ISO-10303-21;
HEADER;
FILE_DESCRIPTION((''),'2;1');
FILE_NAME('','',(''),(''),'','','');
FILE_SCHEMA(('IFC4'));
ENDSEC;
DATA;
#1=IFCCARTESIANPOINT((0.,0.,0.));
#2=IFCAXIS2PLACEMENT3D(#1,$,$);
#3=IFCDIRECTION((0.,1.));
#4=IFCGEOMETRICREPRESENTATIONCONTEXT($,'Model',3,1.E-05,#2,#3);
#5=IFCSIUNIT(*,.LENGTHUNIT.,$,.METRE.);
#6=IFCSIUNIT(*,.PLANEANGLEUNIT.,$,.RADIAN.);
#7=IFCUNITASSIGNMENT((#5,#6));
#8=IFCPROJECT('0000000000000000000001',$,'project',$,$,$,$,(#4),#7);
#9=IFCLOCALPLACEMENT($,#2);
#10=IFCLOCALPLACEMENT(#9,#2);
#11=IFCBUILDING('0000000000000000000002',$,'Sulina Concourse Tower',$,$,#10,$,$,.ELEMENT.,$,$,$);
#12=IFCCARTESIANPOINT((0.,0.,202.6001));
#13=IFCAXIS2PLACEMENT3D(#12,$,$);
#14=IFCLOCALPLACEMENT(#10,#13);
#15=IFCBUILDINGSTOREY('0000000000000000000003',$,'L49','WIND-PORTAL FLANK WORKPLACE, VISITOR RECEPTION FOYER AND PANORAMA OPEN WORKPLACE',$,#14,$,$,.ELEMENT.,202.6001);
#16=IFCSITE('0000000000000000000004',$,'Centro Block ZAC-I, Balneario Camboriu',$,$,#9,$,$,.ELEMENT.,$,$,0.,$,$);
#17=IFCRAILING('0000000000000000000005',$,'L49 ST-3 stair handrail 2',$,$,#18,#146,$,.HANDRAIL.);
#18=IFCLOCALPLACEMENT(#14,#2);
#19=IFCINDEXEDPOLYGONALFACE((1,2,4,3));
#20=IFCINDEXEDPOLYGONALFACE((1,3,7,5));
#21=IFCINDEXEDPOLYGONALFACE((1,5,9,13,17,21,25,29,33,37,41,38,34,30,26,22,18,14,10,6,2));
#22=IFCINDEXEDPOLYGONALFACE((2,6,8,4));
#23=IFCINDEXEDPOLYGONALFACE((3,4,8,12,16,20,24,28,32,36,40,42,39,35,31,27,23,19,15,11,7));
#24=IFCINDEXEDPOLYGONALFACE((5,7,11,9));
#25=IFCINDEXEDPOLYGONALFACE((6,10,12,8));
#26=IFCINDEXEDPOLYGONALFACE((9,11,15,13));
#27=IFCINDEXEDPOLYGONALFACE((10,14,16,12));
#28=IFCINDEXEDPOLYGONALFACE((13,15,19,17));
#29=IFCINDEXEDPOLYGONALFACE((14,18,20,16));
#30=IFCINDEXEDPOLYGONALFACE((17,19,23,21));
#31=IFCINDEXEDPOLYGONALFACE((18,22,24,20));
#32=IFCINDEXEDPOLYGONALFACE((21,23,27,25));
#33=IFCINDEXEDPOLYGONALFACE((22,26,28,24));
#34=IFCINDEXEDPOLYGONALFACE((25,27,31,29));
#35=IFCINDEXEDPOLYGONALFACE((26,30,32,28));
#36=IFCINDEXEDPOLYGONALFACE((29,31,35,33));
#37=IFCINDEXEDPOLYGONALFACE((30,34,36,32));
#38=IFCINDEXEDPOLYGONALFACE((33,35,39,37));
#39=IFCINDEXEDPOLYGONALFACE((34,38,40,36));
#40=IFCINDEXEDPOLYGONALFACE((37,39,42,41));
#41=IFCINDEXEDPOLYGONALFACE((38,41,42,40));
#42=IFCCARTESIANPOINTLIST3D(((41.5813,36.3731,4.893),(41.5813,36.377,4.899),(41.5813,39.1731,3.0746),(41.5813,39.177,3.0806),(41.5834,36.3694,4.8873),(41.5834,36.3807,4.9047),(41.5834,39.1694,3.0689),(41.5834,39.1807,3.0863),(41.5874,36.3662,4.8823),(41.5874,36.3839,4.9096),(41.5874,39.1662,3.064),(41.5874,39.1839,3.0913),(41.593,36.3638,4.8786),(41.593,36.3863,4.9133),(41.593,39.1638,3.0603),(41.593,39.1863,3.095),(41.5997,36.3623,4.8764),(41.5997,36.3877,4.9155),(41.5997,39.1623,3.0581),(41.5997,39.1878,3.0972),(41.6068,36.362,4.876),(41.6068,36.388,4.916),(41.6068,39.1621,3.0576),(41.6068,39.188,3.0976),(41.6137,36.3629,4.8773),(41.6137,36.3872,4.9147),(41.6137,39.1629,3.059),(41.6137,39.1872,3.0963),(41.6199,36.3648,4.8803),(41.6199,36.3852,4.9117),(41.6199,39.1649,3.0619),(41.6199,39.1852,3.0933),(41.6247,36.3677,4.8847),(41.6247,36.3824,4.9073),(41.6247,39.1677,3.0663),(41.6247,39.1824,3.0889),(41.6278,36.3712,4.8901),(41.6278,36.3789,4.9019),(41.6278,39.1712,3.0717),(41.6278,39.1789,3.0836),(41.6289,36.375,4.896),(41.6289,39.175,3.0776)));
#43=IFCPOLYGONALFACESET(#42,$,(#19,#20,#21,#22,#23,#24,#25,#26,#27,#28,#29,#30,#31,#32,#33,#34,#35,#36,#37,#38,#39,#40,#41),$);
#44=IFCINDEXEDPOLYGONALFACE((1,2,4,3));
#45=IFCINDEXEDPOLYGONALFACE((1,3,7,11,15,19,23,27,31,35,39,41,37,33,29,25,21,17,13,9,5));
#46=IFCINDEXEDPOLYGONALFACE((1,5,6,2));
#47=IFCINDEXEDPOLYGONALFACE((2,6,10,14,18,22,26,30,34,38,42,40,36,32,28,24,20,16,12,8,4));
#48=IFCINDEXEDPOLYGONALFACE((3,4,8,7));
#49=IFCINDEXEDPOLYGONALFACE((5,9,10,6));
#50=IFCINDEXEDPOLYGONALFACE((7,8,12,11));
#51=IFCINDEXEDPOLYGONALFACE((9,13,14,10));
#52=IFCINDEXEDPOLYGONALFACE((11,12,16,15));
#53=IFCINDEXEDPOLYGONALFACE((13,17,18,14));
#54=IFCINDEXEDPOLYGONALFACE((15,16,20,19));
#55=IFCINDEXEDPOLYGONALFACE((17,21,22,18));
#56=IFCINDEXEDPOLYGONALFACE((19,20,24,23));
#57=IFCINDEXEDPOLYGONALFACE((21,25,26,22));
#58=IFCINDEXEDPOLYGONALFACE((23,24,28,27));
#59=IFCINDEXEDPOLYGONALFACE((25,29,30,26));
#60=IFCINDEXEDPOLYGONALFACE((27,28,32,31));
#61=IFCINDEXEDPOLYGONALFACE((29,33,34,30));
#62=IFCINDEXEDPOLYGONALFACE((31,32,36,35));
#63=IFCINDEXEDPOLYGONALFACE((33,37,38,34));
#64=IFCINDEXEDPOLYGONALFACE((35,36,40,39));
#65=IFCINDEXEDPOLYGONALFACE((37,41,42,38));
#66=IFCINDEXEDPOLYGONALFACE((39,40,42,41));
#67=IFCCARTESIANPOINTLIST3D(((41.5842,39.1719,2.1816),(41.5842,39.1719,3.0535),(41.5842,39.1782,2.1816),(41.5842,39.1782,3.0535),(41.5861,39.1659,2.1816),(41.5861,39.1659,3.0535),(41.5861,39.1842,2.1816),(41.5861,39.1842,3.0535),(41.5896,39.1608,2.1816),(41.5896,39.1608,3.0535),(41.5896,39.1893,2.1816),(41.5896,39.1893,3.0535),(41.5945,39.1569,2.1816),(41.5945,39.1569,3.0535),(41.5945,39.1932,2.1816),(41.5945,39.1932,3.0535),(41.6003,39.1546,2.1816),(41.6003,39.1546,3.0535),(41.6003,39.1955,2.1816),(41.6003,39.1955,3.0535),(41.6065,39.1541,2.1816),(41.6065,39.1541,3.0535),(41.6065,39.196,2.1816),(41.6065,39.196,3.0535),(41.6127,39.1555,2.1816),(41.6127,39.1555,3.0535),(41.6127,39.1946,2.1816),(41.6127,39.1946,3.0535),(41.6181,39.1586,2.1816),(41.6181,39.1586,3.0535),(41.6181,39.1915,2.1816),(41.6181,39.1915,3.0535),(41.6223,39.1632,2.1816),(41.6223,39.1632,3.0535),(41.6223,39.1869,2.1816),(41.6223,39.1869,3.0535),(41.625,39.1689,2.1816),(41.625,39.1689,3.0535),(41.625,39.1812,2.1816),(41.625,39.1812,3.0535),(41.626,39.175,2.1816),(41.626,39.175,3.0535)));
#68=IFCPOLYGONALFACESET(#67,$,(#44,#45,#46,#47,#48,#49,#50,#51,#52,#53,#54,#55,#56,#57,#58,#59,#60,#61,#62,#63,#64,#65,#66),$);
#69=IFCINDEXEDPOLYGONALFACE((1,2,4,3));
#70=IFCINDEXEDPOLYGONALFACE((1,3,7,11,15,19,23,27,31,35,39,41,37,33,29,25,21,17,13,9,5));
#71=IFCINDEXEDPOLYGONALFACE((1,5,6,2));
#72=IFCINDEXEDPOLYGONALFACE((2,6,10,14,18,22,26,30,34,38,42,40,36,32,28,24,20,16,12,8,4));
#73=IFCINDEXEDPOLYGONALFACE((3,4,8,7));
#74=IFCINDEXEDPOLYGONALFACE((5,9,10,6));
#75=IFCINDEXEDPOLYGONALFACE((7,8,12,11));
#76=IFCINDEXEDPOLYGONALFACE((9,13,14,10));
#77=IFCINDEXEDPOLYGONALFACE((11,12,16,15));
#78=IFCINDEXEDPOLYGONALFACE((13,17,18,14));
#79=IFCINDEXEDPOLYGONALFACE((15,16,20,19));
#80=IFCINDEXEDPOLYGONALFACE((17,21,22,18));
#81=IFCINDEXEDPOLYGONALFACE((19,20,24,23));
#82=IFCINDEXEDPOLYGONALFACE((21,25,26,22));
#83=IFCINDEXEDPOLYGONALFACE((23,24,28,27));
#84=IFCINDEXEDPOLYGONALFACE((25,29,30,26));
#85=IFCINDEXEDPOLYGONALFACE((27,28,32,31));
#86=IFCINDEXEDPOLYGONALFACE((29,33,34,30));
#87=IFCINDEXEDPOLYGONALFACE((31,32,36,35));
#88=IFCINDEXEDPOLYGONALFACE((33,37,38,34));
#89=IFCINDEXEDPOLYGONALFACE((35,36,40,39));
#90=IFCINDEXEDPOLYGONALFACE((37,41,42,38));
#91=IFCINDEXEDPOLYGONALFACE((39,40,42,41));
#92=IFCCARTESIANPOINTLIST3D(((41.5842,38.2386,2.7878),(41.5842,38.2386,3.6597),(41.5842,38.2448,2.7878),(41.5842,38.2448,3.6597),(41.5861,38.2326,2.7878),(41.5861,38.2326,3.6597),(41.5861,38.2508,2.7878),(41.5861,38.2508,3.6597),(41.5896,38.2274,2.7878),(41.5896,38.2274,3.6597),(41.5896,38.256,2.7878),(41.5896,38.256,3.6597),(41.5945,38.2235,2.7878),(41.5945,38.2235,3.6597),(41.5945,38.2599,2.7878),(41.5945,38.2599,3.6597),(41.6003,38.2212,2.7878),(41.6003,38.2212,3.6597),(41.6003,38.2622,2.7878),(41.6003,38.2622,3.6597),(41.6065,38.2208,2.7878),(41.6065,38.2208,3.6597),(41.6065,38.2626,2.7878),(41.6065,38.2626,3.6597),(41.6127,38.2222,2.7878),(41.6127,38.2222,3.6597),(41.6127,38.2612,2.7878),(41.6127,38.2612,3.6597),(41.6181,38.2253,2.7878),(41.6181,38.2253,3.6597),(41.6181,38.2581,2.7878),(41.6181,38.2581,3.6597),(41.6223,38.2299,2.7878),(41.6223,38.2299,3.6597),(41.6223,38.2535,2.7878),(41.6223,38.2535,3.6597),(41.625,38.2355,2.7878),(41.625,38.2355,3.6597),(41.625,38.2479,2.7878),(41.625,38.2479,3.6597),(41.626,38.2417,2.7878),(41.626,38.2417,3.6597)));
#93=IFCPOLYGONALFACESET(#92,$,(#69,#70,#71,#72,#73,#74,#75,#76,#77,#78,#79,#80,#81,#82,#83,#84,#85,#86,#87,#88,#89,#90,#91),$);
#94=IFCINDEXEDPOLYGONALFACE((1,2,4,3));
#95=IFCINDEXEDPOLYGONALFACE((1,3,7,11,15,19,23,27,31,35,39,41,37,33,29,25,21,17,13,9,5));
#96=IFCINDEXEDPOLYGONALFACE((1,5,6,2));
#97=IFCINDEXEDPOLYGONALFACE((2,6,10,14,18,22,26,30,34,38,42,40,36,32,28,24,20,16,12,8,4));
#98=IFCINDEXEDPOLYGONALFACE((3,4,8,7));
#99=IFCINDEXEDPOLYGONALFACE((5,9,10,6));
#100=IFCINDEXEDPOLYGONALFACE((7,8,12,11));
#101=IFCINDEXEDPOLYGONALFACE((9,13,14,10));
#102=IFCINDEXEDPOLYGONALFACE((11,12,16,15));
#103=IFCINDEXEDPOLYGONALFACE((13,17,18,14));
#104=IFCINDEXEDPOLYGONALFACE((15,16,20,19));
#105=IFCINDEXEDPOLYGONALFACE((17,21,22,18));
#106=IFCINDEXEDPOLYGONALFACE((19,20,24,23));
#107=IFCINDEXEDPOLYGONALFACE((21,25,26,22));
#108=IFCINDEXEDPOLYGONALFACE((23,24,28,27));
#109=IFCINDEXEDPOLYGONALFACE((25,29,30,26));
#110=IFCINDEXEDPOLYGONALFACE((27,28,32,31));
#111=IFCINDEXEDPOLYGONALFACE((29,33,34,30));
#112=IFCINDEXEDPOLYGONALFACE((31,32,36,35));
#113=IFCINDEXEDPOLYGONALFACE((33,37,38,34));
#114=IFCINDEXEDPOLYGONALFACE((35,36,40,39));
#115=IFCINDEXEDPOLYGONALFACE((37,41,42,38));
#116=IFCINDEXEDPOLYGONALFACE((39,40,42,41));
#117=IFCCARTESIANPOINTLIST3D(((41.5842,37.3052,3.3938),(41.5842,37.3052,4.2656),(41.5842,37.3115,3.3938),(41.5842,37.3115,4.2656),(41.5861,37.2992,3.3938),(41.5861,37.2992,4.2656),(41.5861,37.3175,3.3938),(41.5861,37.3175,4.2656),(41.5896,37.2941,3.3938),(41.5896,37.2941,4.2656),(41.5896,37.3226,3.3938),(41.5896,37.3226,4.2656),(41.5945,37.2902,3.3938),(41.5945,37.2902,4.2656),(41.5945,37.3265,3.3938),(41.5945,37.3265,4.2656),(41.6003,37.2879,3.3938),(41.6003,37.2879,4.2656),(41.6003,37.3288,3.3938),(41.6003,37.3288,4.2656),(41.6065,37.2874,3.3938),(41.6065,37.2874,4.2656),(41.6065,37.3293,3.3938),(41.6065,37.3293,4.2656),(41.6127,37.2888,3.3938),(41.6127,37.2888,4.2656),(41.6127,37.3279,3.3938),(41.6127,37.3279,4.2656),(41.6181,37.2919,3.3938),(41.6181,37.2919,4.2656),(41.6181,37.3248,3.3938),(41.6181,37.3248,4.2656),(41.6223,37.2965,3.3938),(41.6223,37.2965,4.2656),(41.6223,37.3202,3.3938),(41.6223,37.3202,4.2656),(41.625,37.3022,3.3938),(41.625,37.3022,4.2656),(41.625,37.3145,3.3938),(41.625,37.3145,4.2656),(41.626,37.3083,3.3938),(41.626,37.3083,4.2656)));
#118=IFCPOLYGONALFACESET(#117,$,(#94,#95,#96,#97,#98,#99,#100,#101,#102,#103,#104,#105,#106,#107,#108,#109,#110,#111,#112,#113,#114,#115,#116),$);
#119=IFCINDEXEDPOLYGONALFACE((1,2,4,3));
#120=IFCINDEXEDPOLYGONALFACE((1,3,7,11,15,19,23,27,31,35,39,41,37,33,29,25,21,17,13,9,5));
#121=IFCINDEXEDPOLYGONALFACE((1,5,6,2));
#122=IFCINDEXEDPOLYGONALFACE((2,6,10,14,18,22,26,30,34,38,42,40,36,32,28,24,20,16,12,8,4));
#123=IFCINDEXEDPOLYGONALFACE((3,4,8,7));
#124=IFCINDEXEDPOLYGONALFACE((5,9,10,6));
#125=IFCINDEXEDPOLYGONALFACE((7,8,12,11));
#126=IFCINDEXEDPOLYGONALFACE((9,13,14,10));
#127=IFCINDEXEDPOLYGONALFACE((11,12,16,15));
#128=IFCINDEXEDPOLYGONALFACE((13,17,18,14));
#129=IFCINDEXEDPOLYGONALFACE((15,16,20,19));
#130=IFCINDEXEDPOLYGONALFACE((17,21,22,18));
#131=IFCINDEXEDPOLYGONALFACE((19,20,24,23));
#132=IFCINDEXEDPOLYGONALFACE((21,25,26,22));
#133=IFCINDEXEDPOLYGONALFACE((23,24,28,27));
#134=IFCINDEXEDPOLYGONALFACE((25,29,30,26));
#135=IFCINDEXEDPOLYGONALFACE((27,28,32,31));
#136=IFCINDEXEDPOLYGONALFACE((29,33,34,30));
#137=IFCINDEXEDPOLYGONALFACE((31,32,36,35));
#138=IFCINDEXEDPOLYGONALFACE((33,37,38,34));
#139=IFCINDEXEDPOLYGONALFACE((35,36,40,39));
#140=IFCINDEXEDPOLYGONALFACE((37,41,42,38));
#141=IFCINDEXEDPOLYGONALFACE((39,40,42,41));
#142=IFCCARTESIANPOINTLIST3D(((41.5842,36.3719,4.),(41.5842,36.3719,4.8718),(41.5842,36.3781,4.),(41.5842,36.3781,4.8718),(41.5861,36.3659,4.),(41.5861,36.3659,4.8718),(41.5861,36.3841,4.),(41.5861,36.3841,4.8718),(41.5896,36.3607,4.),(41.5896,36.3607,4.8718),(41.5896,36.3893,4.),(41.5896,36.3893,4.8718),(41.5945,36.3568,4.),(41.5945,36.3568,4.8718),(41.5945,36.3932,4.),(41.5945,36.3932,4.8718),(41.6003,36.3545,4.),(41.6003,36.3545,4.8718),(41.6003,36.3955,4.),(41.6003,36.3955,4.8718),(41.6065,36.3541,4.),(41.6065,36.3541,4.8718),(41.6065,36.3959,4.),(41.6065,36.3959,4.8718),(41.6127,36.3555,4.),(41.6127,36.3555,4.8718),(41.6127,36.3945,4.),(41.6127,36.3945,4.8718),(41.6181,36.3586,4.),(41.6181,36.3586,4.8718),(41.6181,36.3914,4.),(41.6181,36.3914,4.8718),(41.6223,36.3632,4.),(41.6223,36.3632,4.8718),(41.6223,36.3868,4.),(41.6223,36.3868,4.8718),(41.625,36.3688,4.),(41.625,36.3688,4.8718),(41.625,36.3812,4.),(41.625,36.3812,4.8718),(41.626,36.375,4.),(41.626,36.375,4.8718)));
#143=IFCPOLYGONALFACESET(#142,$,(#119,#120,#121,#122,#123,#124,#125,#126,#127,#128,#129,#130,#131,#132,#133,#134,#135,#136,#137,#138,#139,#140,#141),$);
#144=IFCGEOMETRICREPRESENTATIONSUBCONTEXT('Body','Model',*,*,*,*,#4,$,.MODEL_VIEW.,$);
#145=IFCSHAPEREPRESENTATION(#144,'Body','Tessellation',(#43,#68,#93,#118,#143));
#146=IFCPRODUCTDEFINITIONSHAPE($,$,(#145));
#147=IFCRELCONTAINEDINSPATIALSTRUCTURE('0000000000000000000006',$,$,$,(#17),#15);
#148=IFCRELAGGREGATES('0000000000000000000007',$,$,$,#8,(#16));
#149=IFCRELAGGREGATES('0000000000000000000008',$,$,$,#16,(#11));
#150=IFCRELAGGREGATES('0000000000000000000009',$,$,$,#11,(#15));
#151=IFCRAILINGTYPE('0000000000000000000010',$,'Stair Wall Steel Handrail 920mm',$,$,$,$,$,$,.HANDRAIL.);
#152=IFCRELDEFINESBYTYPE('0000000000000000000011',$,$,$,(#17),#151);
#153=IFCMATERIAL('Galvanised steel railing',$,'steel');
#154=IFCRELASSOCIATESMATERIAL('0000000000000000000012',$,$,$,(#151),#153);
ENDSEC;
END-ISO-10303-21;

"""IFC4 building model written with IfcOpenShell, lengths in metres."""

from ifc_helpers import new_model, si_unit, direction, frame, origin, origin_2d, place, context, subcontext, project, spatial, circle, extrude, material, type_object, element, save


model = new_model("IFC4")

# Units and contexts
model_context = context("Model", 3, precision=1e-05, world=origin(), true_north=direction((0.0, 1.0)))
body_context = subcontext(model_context, "Body", "Model", "MODEL_VIEW")
ifc_project = project(units=[si_unit("LENGTHUNIT", "METRE"), si_unit("PLANEANGLEUNIT", "RADIAN")], contexts=[model_context])

# Site, building, storey
site_placement = place(None, origin())
site = spatial("IfcSite", under=ifc_project, at=site_placement, Name="Centro Block ZAC-I, Balneario Camboriu", CompositionType="ELEMENT", RefElevation=0.0)
building_placement = place(site_placement, origin())
building = spatial("IfcBuilding", under=site, at=building_placement, Name="Sulina Concourse Tower", CompositionType="ELEMENT")
storey_placement = place(building_placement, frame((0.0, 0.0, 202.6001)))
storey = spatial("IfcBuildingStorey", under=building, at=storey_placement, Name="L49", Description="WIND-PORTAL FLANK WORKPLACE, VISITOR RECEPTION FOYER AND PANORAMA OPEN WORKPLACE", CompositionType="ELEMENT", Elevation=202.6001)

# Railing
ifc_material_1 = material(Name="Galvanised steel railing", Category="steel")
railing_type_1 = type_object("IfcRailingType", Name="Stair Wall Steel Handrail 920mm", PredefinedType="HANDRAIL", material=ifc_material_1)
railing_1_placement = place(storey_placement, frame((41.605, 39.175, 2.1816)))
element("IfcRailing", 1, at=railing_1_placement, inside=storey, type_object=railing_type_1, Name="L49 ST-3 stair handrail 2", PredefinedType="HANDRAIL", context=body_context, shape_type="SweptSolid", body=[
    extrude(circle(Radius=0.0239, at=origin_2d()), frame((0.0, 0.0, 0.896), z_axis=(0.0, -0.838672, 0.544636), x_axis=(1.0, 0.0, 0.0)), (0.0, 0.0, 1.0), 3.3386),
    extrude(circle(Radius=0.021, at=origin_2d()), origin(), (0.0, 0.0, 1.0), 0.8718),
    extrude(circle(Radius=0.021, at=origin_2d()), frame((0.0, -0.9333, 0.6062)), (0.0, 0.0, 1.0), 0.8718),
    extrude(circle(Radius=0.021, at=origin_2d()), frame((0.0, -1.8667, 1.2122)), (0.0, 0.0, 1.0), 0.8718),
    extrude(circle(Radius=0.021, at=origin_2d()), frame((0.0, -2.8, 1.8184)), (0.0, 0.0, 1.0), 0.8718),
])

save(model, "model.ifc")
